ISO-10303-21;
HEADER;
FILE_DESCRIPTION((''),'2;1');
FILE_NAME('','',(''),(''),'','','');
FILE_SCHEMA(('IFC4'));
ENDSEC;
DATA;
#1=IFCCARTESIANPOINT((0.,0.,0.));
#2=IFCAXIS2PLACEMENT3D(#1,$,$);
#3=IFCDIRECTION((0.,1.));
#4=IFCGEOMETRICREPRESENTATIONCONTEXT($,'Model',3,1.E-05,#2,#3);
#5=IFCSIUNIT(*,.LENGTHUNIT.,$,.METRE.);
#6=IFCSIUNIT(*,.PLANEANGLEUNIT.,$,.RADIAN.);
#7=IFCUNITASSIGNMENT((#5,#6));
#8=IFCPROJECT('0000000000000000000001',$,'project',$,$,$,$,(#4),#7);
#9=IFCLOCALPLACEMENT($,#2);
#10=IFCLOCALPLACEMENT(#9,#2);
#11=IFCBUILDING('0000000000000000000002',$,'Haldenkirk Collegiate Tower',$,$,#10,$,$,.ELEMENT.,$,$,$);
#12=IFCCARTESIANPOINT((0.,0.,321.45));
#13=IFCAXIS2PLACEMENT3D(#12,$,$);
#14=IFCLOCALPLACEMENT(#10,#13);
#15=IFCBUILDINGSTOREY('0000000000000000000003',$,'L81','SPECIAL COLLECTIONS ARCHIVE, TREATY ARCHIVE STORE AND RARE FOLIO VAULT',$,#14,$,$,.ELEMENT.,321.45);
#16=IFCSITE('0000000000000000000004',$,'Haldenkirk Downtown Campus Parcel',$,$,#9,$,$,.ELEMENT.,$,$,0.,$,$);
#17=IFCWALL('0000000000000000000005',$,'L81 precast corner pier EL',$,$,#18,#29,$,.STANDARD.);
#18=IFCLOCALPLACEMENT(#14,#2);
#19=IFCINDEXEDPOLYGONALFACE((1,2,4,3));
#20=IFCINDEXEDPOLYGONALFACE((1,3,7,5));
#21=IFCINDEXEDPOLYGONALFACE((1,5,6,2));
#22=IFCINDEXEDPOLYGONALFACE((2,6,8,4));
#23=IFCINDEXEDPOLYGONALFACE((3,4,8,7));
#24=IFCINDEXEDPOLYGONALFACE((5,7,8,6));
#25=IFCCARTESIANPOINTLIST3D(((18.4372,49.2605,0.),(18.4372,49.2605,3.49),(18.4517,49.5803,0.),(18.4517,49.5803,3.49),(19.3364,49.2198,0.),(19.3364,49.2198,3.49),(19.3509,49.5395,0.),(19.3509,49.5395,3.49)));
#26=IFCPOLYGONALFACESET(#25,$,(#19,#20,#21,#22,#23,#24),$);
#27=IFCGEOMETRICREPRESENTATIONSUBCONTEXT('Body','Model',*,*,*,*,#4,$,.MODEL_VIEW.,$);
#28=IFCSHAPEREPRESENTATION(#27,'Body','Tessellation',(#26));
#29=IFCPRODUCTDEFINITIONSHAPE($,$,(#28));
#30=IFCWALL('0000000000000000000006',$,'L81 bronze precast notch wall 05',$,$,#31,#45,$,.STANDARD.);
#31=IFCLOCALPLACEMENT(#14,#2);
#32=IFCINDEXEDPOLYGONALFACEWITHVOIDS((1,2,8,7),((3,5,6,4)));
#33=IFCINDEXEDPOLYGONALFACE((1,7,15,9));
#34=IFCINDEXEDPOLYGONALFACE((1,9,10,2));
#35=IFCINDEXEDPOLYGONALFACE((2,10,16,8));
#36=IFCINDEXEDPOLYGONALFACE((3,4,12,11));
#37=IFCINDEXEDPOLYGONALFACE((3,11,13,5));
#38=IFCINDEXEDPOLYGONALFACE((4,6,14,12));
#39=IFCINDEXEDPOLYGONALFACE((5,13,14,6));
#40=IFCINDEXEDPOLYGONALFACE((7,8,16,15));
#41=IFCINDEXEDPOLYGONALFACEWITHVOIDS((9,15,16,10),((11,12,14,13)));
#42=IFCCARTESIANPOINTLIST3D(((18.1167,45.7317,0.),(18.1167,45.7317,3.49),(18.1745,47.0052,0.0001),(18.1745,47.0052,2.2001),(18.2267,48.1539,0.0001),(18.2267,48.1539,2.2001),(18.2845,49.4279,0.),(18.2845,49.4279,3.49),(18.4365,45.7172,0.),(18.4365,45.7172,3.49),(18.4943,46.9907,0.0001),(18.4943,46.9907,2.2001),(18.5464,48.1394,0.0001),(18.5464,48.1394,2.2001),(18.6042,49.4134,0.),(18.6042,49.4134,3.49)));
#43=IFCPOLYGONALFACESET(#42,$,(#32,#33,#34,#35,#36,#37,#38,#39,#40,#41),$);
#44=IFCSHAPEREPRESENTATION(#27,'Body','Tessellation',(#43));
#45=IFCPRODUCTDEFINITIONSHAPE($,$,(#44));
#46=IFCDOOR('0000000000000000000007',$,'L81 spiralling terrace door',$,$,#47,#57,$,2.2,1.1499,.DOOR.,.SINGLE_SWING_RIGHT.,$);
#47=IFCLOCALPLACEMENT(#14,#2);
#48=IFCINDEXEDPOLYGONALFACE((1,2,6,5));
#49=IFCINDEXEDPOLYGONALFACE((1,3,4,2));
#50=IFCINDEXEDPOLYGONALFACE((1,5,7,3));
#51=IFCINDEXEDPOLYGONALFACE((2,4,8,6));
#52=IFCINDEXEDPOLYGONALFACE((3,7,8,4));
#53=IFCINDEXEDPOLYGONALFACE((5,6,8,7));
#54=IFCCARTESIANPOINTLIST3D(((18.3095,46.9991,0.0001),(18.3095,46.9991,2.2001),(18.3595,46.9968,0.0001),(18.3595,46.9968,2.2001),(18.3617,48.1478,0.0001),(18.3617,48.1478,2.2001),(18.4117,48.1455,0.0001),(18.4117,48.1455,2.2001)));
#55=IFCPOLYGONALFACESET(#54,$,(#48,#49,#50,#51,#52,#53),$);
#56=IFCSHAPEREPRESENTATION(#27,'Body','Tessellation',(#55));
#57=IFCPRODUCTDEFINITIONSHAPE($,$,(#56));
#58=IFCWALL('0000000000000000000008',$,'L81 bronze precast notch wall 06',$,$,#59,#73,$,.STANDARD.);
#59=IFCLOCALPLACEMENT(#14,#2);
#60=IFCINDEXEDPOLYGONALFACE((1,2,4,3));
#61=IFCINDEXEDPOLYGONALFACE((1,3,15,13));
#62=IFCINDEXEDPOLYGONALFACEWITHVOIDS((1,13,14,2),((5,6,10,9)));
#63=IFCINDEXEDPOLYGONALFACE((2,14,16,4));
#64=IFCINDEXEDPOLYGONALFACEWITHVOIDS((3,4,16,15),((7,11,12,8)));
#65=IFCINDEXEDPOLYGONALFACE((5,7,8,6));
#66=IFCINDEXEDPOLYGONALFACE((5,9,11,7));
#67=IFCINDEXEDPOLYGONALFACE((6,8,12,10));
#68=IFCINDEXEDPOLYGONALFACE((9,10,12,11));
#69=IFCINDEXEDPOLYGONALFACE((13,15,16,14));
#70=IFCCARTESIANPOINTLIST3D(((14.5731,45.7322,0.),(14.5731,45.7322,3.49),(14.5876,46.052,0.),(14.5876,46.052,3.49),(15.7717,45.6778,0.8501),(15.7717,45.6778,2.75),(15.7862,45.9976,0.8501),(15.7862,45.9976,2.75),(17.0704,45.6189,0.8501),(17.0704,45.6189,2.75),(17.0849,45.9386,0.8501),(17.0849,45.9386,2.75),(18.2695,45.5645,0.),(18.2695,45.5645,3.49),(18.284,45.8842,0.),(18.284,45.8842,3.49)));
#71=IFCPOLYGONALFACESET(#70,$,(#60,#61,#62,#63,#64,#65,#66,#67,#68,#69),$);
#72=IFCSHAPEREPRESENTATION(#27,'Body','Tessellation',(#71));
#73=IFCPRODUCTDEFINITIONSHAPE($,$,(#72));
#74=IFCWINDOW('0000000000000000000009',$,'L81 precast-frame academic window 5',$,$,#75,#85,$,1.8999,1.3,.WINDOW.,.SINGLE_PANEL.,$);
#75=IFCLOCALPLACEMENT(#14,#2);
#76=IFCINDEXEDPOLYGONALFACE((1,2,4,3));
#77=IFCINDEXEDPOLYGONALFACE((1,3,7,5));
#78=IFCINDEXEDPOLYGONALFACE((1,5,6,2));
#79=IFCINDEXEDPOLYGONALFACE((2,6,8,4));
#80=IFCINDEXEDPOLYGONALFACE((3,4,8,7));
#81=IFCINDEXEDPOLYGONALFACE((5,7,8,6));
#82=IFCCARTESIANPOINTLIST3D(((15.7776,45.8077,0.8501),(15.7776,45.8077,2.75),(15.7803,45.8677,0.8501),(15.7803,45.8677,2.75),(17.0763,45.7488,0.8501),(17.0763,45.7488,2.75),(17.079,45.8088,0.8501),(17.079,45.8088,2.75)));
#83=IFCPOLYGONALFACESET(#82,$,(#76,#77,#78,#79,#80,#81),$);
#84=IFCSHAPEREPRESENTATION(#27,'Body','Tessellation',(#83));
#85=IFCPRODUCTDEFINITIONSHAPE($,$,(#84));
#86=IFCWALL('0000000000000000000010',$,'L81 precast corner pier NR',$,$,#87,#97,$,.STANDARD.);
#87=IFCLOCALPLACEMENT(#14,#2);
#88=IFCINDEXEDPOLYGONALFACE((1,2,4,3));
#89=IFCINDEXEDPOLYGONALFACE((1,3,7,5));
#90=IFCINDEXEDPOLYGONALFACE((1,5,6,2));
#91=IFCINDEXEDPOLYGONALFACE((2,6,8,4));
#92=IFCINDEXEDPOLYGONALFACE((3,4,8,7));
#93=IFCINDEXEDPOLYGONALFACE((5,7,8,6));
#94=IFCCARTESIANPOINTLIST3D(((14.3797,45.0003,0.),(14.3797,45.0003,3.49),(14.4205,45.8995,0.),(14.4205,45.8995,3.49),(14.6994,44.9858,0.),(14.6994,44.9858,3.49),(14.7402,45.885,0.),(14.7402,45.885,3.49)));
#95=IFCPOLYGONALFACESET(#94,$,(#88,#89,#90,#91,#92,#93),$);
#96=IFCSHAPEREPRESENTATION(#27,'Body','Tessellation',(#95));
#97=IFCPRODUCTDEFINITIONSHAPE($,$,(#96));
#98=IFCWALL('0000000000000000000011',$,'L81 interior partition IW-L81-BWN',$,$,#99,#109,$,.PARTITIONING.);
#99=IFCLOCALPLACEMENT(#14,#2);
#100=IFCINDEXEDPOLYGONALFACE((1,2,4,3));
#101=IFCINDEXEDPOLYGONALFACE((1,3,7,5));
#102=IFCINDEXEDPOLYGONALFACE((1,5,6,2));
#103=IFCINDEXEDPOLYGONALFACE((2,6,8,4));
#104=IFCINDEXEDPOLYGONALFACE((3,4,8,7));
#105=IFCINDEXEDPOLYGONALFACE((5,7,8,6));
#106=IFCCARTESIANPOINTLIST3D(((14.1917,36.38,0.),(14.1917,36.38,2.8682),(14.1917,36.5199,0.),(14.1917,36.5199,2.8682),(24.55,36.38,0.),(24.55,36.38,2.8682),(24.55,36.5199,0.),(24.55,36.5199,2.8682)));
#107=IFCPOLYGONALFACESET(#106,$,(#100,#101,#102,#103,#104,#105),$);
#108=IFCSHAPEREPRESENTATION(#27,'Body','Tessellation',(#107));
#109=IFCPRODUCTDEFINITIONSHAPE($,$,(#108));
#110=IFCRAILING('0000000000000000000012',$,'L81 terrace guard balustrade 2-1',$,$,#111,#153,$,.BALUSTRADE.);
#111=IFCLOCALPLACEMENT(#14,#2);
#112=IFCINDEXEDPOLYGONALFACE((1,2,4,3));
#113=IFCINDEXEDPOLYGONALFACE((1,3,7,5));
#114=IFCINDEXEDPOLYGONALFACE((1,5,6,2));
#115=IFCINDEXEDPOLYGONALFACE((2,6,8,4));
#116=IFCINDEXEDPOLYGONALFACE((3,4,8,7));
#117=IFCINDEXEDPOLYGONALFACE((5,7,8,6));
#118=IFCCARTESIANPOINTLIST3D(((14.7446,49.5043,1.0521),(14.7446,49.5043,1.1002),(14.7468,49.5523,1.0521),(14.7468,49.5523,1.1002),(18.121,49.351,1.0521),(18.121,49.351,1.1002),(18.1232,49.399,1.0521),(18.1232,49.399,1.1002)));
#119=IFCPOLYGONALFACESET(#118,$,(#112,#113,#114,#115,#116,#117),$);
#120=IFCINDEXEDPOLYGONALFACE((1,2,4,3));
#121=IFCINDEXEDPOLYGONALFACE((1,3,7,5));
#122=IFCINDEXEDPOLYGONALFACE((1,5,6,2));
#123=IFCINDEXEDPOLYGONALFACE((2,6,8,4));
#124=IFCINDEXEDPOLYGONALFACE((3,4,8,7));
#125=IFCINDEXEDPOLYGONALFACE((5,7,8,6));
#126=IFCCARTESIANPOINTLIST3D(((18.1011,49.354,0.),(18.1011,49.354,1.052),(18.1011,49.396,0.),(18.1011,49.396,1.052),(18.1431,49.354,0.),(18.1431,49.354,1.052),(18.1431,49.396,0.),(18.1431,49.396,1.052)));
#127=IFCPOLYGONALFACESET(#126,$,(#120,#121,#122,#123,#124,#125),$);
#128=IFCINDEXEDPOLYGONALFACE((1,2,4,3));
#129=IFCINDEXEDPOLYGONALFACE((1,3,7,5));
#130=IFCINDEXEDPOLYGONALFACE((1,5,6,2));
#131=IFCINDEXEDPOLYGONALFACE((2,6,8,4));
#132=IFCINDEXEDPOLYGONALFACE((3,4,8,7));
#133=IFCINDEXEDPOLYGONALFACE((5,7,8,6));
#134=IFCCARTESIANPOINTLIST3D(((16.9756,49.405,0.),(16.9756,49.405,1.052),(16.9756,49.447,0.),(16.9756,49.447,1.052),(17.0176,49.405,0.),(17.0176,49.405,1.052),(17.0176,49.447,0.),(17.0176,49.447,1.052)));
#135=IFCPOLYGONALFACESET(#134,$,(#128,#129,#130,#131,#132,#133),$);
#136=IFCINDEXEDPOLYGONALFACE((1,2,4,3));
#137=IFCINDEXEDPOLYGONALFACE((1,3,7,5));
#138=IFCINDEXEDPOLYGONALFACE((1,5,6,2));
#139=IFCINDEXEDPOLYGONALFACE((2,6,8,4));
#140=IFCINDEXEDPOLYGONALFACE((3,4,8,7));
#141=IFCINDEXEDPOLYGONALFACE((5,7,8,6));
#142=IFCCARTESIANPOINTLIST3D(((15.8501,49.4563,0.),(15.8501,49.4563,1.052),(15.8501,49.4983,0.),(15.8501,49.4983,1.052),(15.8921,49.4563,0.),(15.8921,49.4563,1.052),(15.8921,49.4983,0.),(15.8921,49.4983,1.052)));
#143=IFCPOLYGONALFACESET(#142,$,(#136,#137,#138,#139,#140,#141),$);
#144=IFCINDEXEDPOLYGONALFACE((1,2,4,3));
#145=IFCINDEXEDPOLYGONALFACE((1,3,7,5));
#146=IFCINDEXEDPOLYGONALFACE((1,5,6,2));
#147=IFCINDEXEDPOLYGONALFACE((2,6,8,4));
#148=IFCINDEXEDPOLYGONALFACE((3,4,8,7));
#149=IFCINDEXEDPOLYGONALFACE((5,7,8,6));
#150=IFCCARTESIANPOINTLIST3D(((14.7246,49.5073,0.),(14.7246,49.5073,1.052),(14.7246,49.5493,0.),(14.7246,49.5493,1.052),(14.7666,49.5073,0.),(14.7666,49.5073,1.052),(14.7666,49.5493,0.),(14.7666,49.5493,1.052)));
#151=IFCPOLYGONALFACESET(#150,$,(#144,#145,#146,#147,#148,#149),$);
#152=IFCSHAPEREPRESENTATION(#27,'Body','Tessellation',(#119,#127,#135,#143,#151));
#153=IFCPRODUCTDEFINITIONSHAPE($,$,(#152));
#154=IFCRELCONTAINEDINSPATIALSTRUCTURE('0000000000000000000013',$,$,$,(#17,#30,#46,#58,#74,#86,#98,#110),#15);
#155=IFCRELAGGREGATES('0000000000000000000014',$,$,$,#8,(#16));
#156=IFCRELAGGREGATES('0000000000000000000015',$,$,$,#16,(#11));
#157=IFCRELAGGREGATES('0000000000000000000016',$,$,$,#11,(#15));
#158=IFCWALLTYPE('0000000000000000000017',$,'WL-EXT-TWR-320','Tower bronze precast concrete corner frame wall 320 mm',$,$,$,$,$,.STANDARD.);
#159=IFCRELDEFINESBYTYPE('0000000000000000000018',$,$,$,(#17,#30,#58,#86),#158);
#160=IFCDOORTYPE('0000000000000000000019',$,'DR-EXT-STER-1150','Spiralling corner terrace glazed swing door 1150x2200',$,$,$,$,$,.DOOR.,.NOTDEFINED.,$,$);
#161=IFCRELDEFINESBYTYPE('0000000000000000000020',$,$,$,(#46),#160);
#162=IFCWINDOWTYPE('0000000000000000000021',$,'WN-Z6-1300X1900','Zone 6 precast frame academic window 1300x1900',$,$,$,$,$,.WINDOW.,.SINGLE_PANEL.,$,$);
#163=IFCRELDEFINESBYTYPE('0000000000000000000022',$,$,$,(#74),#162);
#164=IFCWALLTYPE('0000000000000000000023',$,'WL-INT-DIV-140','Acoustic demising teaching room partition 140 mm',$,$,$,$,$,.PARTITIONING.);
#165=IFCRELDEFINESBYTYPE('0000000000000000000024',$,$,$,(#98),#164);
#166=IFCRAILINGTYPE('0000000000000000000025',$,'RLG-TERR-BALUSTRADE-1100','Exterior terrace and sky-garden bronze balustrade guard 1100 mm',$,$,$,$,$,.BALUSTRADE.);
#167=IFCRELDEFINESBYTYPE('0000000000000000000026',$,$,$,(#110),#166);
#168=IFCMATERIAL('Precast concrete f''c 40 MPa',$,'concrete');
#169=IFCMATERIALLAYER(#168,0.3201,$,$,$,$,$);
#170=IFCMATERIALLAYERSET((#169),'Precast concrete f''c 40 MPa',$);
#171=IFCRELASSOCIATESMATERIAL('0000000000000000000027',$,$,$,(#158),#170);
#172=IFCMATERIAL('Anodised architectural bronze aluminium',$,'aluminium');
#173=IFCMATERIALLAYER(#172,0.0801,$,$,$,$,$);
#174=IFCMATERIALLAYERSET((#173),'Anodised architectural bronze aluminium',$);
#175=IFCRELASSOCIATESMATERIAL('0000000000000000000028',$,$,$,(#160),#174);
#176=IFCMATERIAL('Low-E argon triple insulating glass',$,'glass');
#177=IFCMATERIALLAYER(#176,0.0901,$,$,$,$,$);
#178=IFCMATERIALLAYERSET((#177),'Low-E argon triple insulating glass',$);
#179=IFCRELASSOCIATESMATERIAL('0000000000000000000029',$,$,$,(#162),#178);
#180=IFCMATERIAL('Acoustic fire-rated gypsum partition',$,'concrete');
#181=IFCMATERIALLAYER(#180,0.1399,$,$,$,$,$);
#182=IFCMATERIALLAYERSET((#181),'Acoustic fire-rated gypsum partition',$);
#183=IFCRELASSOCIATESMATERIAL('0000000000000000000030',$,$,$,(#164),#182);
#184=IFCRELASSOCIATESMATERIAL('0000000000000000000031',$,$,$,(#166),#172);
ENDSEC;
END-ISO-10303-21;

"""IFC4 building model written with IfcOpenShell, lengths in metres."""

from ifc_helpers import new_model, si_unit, direction, frame, frame_2d, origin, origin_2d, place, context, subcontext, project, spatial, rectangle, extrude, material, layer, layer_set, type_object, element, fill, save


model = new_model("IFC4")

# Units and contexts
model_context = context("Model", 3, precision=1e-05, world=origin(), true_north=direction((0.0, 1.0)))
body_context = subcontext(model_context, "Body", "Model", "MODEL_VIEW")
ifc_project = project(units=[si_unit("LENGTHUNIT", "METRE"), si_unit("PLANEANGLEUNIT", "RADIAN")], contexts=[model_context])

# Site, building, storey
site_placement = place(None, origin())
site = spatial("IfcSite", under=ifc_project, at=site_placement, Name="Haldenkirk Downtown Campus Parcel", CompositionType="ELEMENT", RefElevation=0.0)
building_placement = place(site_placement, origin())
building = spatial("IfcBuilding", under=site, at=building_placement, Name="Haldenkirk Collegiate Tower", CompositionType="ELEMENT")
storey_placement = place(building_placement, frame((0.0, 0.0, 321.45)))
storey = spatial("IfcBuildingStorey", under=building, at=storey_placement, Name="L81", Description="SPECIAL COLLECTIONS ARCHIVE, TREATY ARCHIVE STORE AND RARE FOLIO VAULT", CompositionType="ELEMENT", Elevation=321.45)

# Shared definitions
ifc_material_1 = material(Name="Anodised architectural bronze aluminium", Category="aluminium")

# Shared definitions
ifc_material_2 = material(Name="Low-E argon triple insulating glass", Category="glass")

# Wall
ifc_material_3 = material(Name="Precast concrete f'c 40 MPa", Category="concrete")
ifc_layer_1 = layer(ifc_material_3, 0.3201)
ifc_layer_set_1 = layer_set([ifc_layer_1], Name="Precast concrete f'c 40 MPa")
wall_type_1 = type_object("IfcWallType", Name="WL-EXT-TWR-320", Description="Tower bronze precast concrete corner frame wall 320 mm", PredefinedType="STANDARD", material=ifc_layer_set_1)
wall_1_placement = place(storey_placement, frame((18.4443, 49.4204, 0.0), z_axis=(0.0, 0.0, 1.0), x_axis=(0.998974, -0.045297, 0.0)))
element("IfcWall", 1, at=wall_1_placement, inside=storey, type_object=wall_type_1, Name="L81 precast corner pier EL", PredefinedType="STANDARD", context=body_context, shape_type="SweptSolid", body=[
    extrude(rectangle(XDim=0.9001, YDim=0.3201, at=frame_2d((0.4502, 0.0))), origin(), (0.0, 0.0, 1.0), 3.49),
])

# Wall, opening, door
wall_2_placement = place(storey_placement, frame((18.2766, 45.7244, 0.0), z_axis=(0.0, 0.0, 1.0), x_axis=(0.045333, 0.998972, 0.0)))
wall_2 = element("IfcWall", 2, at=wall_2_placement, inside=storey, type_object=wall_type_1, Name="L81 bronze precast notch wall 05", PredefinedType="STANDARD", context=body_context, shape_type="SweptSolid", body=[
    extrude(rectangle(XDim=3.7, YDim=0.3201, at=frame_2d((1.8501, 0.0))), origin(), (0.0, 0.0, 1.0), 3.49),
])
opening_1_placement = place(wall_2_placement, frame((1.2749, 0.0, 0.0)))
opening_1 = element("IfcOpeningElement", 3, at=opening_1_placement, cuts=wall_2, PredefinedType="OPENING", context=body_context, shape_type="SweptSolid", body=[
    extrude(rectangle(XDim=1.1499, YDim=2.2, at=frame_2d((0.575, 1.1001))), frame((0.0, 0.1699, 0.0), z_axis=(0.0, -1.0, 0.0), x_axis=(1.0, 0.0, 0.0)), (0.0, 0.0, 1.0), 0.3401),
])
ifc_layer_2 = layer(ifc_material_1, 0.0801)
ifc_layer_set_2 = layer_set([ifc_layer_2], Name="Anodised architectural bronze aluminium")
door_type = type_object("IfcDoorType", Name="DR-EXT-STER-1150", Description="Spiralling corner terrace glazed swing door 1150x2200", OperationType="NOTDEFINED", PredefinedType="DOOR", material=ifc_layer_set_2)
door_placement = place(opening_1_placement, origin())
door = element("IfcDoor", 4, at=door_placement, inside=storey, type_object=door_type, Name="L81 spiralling terrace door", OperationType="SINGLE_SWING_RIGHT", OverallHeight=2.2, OverallWidth=1.1499, PredefinedType="DOOR", context=body_context, shape_type="SweptSolid", body=[
    extrude(rectangle(XDim=1.1499, YDim=2.2, at=frame_2d((0.575, 1.1001))), frame((0.0, 0.0249, 0.0), z_axis=(0.0, -1.0, 0.0), x_axis=(1.0, 0.0, 0.0)), (0.0, 0.0, 1.0), 0.05),
])
fill(opening_1, door)

# Wall, opening, window
wall_3_placement = place(storey_placement, frame((14.5803, 45.8921, 0.0), z_axis=(0.0, 0.0, 1.0), x_axis=(0.998972, -0.04533, 0.0)))
wall_3 = element("IfcWall", 5, at=wall_3_placement, inside=storey, type_object=wall_type_1, Name="L81 bronze precast notch wall 06", PredefinedType="STANDARD", context=body_context, shape_type="SweptSolid", body=[
    extrude(rectangle(XDim=3.7002, YDim=0.3201, at=frame_2d((1.8501, 0.0))), origin(), (0.0, 0.0, 1.0), 3.49),
])
opening_2_placement = place(wall_3_placement, frame((1.2, 0.0, 0.8501)))
opening_2 = element("IfcOpeningElement", 6, at=opening_2_placement, cuts=wall_3, PredefinedType="OPENING", context=body_context, shape_type="SweptSolid", body=[
    extrude(rectangle(XDim=1.3, YDim=1.8999, at=frame_2d((0.6499, 0.95))), frame((0.0, 0.1699, 0.0), z_axis=(0.0, -1.0, 0.0), x_axis=(1.0, 0.0, 0.0)), (0.0, 0.0, 1.0), 0.3401),
])
ifc_layer_3 = layer(ifc_material_2, 0.0901)
ifc_layer_set_3 = layer_set([ifc_layer_3], Name="Low-E argon triple insulating glass")
window_type = type_object("IfcWindowType", Name="WN-Z6-1300X1900", Description="Zone 6 precast frame academic window 1300x1900", PartitioningType="SINGLE_PANEL", PredefinedType="WINDOW", material=ifc_layer_set_3)
window_placement = place(opening_2_placement, origin())
window = element("IfcWindow", 7, at=window_placement, inside=storey, type_object=window_type, Name="L81 precast-frame academic window 5", OverallHeight=1.8999, OverallWidth=1.3, PartitioningType="SINGLE_PANEL", PredefinedType="WINDOW", context=body_context, shape_type="SweptSolid", body=[
    extrude(rectangle(XDim=1.3, YDim=1.8999, at=frame_2d((0.6499, 0.95))), frame((0.0, 0.03, 0.0), z_axis=(0.0, -1.0, 0.0), x_axis=(1.0, 0.0, 0.0)), (0.0, 0.0, 1.0), 0.0601),
])
fill(opening_2, window)

# Walls
wall_4_placement = place(storey_placement, frame((14.5396, 44.9929, 0.0), z_axis=(0.0, 0.0, 1.0), x_axis=(0.045297, 0.998974, 0.0)))
element("IfcWall", 8, at=wall_4_placement, inside=storey, type_object=wall_type_1, Name="L81 precast corner pier NR", PredefinedType="STANDARD", context=body_context, shape_type="SweptSolid", body=[
    extrude(rectangle(XDim=0.9001, YDim=0.3201, at=frame_2d((0.4502, 0.0))), origin(), (0.0, 0.0, 1.0), 3.49),
])
ifc_material_4 = material(Name="Acoustic fire-rated gypsum partition", Category="concrete")
ifc_layer_4 = layer(ifc_material_4, 0.1399)
ifc_layer_set_4 = layer_set([ifc_layer_4], Name="Acoustic fire-rated gypsum partition")
wall_type_2 = type_object("IfcWallType", Name="WL-INT-DIV-140", Description="Acoustic demising teaching room partition 140 mm", PredefinedType="PARTITIONING", material=ifc_layer_set_4)
wall_5_placement = place(storey_placement, frame((14.1917, 36.45, 0.0), z_axis=(0.0, 0.0, 1.0), x_axis=(1.0, 0.0, 0.0)))
element("IfcWall", 9, at=wall_5_placement, inside=storey, type_object=wall_type_2, Name="L81 interior partition IW-L81-BWN", PredefinedType="PARTITIONING", context=body_context, shape_type="SweptSolid", body=[
    extrude(rectangle(XDim=10.3584, YDim=0.1399, at=frame_2d((5.1792, 0.0))), origin(), (0.0, 0.0, 1.0), 2.8682),
])

# Railing
railing_type = type_object("IfcRailingType", Name="RLG-TERR-BALUSTRADE-1100", Description="Exterior terrace and sky-garden bronze balustrade guard 1100 mm", PredefinedType="BALUSTRADE", material=ifc_material_1)
railing_1_placement = place(storey_placement, frame((18.1221, 49.375, 0.0)))
element("IfcRailing", 10, at=railing_1_placement, inside=storey, type_object=railing_type, Name="L81 terrace guard balustrade 2-1", PredefinedType="BALUSTRADE", context=body_context, shape_type="SweptSolid", body=[
    extrude(rectangle(XDim=0.0481, YDim=0.0481, at=origin_2d()), frame((0.0, 0.0, 1.0762), z_axis=(-0.998971, 0.045362, 0.0), x_axis=(-0.045362, -0.998971, 0.0)), (0.0, 0.0, 1.0), 3.3799),
    extrude(rectangle(XDim=0.042, YDim=0.042, at=origin_2d()), origin(), (0.0, 0.0, 1.0), 1.052),
    extrude(rectangle(XDim=0.042, YDim=0.042, at=origin_2d()), frame((-1.1255, 0.051, 0.0)), (0.0, 0.0, 1.0), 1.052),
    extrude(rectangle(XDim=0.042, YDim=0.042, at=origin_2d()), frame((-2.251, 0.1023, 0.0)), (0.0, 0.0, 1.0), 1.052),
    extrude(rectangle(XDim=0.042, YDim=0.042, at=origin_2d()), frame((-3.3765, 0.1533, 0.0)), (0.0, 0.0, 1.0), 1.052),
])

save(model, "model.ifc")
